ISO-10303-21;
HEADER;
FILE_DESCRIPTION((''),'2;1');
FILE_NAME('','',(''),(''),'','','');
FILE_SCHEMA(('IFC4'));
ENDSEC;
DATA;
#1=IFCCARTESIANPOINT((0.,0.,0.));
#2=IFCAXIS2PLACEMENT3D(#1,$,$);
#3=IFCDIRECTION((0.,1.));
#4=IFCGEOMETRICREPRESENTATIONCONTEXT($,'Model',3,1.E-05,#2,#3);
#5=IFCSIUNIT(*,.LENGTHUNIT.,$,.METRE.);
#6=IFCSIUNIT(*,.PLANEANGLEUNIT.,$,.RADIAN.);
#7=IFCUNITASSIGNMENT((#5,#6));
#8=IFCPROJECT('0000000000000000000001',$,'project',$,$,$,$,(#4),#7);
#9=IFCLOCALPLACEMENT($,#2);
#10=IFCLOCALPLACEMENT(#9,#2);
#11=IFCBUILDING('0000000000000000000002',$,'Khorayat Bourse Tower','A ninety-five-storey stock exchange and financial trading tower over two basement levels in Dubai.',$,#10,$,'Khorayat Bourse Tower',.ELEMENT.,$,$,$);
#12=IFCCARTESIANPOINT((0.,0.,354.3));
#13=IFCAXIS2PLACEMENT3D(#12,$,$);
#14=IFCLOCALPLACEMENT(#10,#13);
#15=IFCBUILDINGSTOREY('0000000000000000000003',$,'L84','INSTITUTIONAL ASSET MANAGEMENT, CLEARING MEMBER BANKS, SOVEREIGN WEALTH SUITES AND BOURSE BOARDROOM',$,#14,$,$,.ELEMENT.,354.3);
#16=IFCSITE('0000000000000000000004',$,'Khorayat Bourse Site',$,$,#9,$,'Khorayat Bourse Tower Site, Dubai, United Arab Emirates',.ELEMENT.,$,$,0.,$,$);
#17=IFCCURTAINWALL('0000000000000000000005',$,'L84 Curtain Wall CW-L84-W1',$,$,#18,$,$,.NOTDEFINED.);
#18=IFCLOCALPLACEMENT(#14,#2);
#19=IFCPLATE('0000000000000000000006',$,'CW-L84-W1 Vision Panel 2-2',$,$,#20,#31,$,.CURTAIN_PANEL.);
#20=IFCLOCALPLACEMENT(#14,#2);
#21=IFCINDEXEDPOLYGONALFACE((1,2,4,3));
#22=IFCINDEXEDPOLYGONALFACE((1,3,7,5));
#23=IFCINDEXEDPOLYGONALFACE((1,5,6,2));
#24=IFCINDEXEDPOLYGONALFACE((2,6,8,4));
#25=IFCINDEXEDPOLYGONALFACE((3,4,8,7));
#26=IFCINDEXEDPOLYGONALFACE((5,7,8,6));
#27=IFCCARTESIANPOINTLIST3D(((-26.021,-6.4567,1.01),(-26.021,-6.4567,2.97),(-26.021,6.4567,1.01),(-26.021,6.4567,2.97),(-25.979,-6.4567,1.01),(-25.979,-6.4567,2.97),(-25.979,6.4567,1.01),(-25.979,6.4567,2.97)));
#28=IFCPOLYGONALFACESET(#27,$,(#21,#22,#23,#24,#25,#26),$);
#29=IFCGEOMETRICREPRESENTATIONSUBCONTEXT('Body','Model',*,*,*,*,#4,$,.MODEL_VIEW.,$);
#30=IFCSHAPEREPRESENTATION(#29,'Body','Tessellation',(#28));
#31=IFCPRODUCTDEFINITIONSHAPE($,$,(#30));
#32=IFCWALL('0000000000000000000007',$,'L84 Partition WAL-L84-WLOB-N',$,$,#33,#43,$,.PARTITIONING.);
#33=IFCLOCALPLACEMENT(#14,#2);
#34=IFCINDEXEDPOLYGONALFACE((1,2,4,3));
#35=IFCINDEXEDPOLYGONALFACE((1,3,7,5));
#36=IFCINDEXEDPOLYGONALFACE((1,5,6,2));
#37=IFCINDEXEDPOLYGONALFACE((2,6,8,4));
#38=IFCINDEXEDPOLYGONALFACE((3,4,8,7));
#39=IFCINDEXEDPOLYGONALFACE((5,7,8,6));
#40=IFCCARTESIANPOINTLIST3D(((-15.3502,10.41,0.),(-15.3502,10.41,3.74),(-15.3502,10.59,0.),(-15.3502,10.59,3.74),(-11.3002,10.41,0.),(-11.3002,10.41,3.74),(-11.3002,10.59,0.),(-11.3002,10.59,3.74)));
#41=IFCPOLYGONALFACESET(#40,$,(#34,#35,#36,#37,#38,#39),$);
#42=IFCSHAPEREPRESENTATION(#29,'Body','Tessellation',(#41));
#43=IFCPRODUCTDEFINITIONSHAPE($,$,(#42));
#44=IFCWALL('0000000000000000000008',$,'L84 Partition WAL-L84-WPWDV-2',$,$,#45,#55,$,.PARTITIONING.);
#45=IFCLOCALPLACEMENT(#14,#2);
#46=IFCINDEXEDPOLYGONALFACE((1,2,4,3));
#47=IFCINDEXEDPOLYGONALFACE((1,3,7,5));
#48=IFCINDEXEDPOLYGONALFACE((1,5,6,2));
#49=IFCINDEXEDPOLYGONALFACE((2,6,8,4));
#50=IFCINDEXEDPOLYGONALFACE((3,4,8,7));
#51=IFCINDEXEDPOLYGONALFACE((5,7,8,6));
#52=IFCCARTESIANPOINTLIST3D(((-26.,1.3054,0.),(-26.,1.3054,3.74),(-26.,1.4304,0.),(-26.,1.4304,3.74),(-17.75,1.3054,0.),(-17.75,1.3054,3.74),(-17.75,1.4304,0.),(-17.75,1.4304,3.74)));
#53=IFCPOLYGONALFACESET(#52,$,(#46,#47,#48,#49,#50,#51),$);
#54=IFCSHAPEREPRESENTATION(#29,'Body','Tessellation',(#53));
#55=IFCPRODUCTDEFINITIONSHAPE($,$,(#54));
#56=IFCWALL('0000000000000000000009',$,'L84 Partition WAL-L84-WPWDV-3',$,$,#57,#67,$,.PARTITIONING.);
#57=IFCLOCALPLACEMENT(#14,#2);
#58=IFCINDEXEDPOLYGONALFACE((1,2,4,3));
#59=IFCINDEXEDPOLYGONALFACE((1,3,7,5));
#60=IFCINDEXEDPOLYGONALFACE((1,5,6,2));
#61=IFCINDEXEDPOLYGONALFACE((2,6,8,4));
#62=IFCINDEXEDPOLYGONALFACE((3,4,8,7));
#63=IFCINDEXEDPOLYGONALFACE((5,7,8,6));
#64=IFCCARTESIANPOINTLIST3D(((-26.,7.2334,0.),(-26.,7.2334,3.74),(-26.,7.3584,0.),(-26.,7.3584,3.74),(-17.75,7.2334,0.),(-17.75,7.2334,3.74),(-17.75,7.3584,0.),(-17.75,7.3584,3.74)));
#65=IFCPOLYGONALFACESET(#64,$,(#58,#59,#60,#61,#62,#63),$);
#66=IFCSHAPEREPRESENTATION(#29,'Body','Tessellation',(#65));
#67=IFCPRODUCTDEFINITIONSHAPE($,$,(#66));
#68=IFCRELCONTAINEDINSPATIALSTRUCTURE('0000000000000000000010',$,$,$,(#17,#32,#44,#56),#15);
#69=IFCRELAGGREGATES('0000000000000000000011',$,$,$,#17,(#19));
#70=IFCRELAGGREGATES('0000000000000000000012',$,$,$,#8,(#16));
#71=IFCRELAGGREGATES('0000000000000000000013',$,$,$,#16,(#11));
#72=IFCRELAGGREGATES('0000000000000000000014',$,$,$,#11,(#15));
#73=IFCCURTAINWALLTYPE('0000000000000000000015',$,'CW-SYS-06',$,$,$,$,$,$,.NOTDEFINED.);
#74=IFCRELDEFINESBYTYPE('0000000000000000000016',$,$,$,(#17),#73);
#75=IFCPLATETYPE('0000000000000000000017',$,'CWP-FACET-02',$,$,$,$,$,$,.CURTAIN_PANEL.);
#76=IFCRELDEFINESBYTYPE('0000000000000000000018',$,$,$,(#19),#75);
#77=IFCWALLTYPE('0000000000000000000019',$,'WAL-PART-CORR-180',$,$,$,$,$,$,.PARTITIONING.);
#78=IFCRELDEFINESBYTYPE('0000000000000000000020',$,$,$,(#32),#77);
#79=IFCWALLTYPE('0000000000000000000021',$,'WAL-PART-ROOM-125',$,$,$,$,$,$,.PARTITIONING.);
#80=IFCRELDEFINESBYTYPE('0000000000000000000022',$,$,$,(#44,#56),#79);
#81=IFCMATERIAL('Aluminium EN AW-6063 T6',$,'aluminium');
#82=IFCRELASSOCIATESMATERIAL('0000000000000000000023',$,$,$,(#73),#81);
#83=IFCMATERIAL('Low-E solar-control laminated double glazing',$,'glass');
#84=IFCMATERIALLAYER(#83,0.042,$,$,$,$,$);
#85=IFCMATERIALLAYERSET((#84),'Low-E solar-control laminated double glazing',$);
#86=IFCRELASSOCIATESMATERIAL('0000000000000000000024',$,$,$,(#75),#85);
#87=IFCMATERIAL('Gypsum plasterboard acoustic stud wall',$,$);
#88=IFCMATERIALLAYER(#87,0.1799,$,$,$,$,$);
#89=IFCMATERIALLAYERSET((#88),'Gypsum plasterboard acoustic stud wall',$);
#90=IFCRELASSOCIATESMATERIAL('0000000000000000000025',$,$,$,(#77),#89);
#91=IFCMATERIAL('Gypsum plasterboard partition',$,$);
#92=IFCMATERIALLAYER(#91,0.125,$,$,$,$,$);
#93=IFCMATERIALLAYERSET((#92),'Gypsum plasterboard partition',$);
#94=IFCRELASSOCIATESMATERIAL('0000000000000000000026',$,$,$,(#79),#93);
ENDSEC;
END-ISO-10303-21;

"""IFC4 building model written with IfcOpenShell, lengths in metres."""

from ifc_helpers import new_model, si_unit, direction, frame, frame_2d, origin, origin_2d, place, context, subcontext, project, spatial, rectangle, extrude, source, transform, mapped, material, layer, layer_set, type_object, element, aggregate, save


model = new_model("IFC4")

# Units and contexts
model_context = context("Model", 3, precision=1e-05, world=origin(), true_north=direction((0.0, 1.0)))
body_context = subcontext(model_context, "Body", "Model", "MODEL_VIEW")
ifc_project = project(units=[si_unit("LENGTHUNIT", "METRE"), si_unit("PLANEANGLEUNIT", "RADIAN")], contexts=[model_context])

# Site, building, storey
site_placement = place(None, origin())
site = spatial("IfcSite", under=ifc_project, at=site_placement, Name="Khorayat Bourse Site", LongName="Khorayat Bourse Tower Site, Dubai, United Arab Emirates", CompositionType="ELEMENT", RefElevation=0.0)
building_placement = place(site_placement, origin())
building = spatial("IfcBuilding", under=site, at=building_placement, Name="Khorayat Bourse Tower", Description="A ninety-five-storey stock exchange and financial trading tower over two basement levels in Dubai.", LongName="Khorayat Bourse Tower", CompositionType="ELEMENT")
storey_placement = place(building_placement, frame((0.0, 0.0, 354.3)))
storey = spatial("IfcBuildingStorey", under=building, at=storey_placement, Name="L84", Description="INSTITUTIONAL ASSET MANAGEMENT, CLEARING MEMBER BANKS, SOVEREIGN WEALTH SUITES AND BOURSE BOARDROOM", CompositionType="ELEMENT", Elevation=354.3)

# Curtain wall
ifc_material_1 = material(Name="Aluminium EN AW-6063 T6", Category="aluminium")
curtain_wall_type = type_object("IfcCurtainWallType", Name="CW-SYS-06", PredefinedType="NOTDEFINED", material=ifc_material_1)
curtain_wall_placement = place(storey_placement, origin())
curtain_wall = element("IfcCurtainWall", 1, at=curtain_wall_placement, inside=storey, type_object=curtain_wall_type, Name="L84 Curtain Wall CW-L84-W1", PredefinedType="NOTDEFINED")

# Plate
ifc_material_2 = material(Name="Low-E solar-control laminated double glazing", Category="glass")
ifc_layer_1 = layer(ifc_material_2, 0.042)
ifc_layer_set_1 = layer_set([ifc_layer_1], Name="Low-E solar-control laminated double glazing")
plate_type_1 = type_object("IfcPlateType", Name="CWP-FACET-02", PredefinedType="CURTAIN_PANEL", material=ifc_layer_set_1)
shared_shape_1 = source(origin(), body_context, "Body", "SweptSolid", [
    extrude(rectangle(XDim=12.9133, YDim=0.042, at=origin_2d()), origin(), (0.0, 0.0, 1.0), 1.96),
])
plate_1_placement = place(storey_placement, frame((-26.0, 0.0, 1.01), z_axis=(0.0, 0.0, 1.0), x_axis=(0.0, -1.0, 0.0)))
plate_1 = element("IfcPlate", 2, at=plate_1_placement, type_object=plate_type_1, Name="CW-L84-W1 Vision Panel 2-2", PredefinedType="CURTAIN_PANEL", context=body_context, shape_type="MappedRepresentation", body=[
    mapped(shared_shape_1, transform((0.0, 0.0, 0.0), scale=1.0)),
])
aggregate(curtain_wall, [plate_1])

# Walls
ifc_material_3 = material(Name="Gypsum plasterboard acoustic stud wall")
ifc_layer_2 = layer(ifc_material_3, 0.1799)
ifc_layer_set_2 = layer_set([ifc_layer_2], Name="Gypsum plasterboard acoustic stud wall")
wall_type_1 = type_object("IfcWallType", Name="WAL-PART-CORR-180", PredefinedType="PARTITIONING", material=ifc_layer_set_2)
shared_shape_2 = source(origin(), body_context, "Body", "SweptSolid", [
    extrude(rectangle(XDim=4.05, YDim=0.1799, at=frame_2d((2.0249, 0.0))), origin(), (0.0, 0.0, 1.0), 3.74),
])
wall_placement = place(storey_placement, frame((-15.3501, 10.5, 0.0), z_axis=(0.0, 0.0, 1.0), x_axis=(1.0, 0.0, 0.0)))
element("IfcWall", 3, at=wall_placement, inside=storey, type_object=wall_type_1, Name="L84 Partition WAL-L84-WLOB-N", PredefinedType="PARTITIONING", context=body_context, shape_type="MappedRepresentation", body=[
    mapped(shared_shape_2, transform((0.0, 0.0, 0.0), scale=1.0)),
])
ifc_material_4 = material(Name="Gypsum plasterboard partition")
ifc_layer_3 = layer(ifc_material_4, 0.125)
ifc_layer_set_3 = layer_set([ifc_layer_3], Name="Gypsum plasterboard partition")
wall_type_2 = type_object("IfcWallType", Name="WAL-PART-ROOM-125", PredefinedType="PARTITIONING", material=ifc_layer_set_3)
shared_shape_3 = source(origin(), body_context, "Body", "SweptSolid", [
    extrude(rectangle(XDim=8.25, YDim=0.125, at=frame_2d((4.125, 0.0))), origin(), (0.0, 0.0, 1.0), 3.74),
])
for number, where, z_axis, x_axis, name in (
    (4, (-26.0, 1.3679, 0.0), (0.0, 0.0, 1.0), (1.0, 0.0, 0.0), "L84 Partition WAL-L84-WPWDV-2"),
    (5, (-26.0, 7.2959, 0.0), (0.0, 0.0, 1.0), (1.0, 0.0, 0.0), "L84 Partition WAL-L84-WPWDV-3"),
):
    element("IfcWall", number, at=place(storey_placement, frame(where, z_axis=z_axis, x_axis=x_axis)), inside=storey, type_object=wall_type_2, Name=name, PredefinedType="PARTITIONING", context=body_context, shape_type="MappedRepresentation", body=[
        mapped(shared_shape_3, transform((0.0, 0.0, 0.0), scale=1.0)),
    ])

save(model, "model.ifc")
